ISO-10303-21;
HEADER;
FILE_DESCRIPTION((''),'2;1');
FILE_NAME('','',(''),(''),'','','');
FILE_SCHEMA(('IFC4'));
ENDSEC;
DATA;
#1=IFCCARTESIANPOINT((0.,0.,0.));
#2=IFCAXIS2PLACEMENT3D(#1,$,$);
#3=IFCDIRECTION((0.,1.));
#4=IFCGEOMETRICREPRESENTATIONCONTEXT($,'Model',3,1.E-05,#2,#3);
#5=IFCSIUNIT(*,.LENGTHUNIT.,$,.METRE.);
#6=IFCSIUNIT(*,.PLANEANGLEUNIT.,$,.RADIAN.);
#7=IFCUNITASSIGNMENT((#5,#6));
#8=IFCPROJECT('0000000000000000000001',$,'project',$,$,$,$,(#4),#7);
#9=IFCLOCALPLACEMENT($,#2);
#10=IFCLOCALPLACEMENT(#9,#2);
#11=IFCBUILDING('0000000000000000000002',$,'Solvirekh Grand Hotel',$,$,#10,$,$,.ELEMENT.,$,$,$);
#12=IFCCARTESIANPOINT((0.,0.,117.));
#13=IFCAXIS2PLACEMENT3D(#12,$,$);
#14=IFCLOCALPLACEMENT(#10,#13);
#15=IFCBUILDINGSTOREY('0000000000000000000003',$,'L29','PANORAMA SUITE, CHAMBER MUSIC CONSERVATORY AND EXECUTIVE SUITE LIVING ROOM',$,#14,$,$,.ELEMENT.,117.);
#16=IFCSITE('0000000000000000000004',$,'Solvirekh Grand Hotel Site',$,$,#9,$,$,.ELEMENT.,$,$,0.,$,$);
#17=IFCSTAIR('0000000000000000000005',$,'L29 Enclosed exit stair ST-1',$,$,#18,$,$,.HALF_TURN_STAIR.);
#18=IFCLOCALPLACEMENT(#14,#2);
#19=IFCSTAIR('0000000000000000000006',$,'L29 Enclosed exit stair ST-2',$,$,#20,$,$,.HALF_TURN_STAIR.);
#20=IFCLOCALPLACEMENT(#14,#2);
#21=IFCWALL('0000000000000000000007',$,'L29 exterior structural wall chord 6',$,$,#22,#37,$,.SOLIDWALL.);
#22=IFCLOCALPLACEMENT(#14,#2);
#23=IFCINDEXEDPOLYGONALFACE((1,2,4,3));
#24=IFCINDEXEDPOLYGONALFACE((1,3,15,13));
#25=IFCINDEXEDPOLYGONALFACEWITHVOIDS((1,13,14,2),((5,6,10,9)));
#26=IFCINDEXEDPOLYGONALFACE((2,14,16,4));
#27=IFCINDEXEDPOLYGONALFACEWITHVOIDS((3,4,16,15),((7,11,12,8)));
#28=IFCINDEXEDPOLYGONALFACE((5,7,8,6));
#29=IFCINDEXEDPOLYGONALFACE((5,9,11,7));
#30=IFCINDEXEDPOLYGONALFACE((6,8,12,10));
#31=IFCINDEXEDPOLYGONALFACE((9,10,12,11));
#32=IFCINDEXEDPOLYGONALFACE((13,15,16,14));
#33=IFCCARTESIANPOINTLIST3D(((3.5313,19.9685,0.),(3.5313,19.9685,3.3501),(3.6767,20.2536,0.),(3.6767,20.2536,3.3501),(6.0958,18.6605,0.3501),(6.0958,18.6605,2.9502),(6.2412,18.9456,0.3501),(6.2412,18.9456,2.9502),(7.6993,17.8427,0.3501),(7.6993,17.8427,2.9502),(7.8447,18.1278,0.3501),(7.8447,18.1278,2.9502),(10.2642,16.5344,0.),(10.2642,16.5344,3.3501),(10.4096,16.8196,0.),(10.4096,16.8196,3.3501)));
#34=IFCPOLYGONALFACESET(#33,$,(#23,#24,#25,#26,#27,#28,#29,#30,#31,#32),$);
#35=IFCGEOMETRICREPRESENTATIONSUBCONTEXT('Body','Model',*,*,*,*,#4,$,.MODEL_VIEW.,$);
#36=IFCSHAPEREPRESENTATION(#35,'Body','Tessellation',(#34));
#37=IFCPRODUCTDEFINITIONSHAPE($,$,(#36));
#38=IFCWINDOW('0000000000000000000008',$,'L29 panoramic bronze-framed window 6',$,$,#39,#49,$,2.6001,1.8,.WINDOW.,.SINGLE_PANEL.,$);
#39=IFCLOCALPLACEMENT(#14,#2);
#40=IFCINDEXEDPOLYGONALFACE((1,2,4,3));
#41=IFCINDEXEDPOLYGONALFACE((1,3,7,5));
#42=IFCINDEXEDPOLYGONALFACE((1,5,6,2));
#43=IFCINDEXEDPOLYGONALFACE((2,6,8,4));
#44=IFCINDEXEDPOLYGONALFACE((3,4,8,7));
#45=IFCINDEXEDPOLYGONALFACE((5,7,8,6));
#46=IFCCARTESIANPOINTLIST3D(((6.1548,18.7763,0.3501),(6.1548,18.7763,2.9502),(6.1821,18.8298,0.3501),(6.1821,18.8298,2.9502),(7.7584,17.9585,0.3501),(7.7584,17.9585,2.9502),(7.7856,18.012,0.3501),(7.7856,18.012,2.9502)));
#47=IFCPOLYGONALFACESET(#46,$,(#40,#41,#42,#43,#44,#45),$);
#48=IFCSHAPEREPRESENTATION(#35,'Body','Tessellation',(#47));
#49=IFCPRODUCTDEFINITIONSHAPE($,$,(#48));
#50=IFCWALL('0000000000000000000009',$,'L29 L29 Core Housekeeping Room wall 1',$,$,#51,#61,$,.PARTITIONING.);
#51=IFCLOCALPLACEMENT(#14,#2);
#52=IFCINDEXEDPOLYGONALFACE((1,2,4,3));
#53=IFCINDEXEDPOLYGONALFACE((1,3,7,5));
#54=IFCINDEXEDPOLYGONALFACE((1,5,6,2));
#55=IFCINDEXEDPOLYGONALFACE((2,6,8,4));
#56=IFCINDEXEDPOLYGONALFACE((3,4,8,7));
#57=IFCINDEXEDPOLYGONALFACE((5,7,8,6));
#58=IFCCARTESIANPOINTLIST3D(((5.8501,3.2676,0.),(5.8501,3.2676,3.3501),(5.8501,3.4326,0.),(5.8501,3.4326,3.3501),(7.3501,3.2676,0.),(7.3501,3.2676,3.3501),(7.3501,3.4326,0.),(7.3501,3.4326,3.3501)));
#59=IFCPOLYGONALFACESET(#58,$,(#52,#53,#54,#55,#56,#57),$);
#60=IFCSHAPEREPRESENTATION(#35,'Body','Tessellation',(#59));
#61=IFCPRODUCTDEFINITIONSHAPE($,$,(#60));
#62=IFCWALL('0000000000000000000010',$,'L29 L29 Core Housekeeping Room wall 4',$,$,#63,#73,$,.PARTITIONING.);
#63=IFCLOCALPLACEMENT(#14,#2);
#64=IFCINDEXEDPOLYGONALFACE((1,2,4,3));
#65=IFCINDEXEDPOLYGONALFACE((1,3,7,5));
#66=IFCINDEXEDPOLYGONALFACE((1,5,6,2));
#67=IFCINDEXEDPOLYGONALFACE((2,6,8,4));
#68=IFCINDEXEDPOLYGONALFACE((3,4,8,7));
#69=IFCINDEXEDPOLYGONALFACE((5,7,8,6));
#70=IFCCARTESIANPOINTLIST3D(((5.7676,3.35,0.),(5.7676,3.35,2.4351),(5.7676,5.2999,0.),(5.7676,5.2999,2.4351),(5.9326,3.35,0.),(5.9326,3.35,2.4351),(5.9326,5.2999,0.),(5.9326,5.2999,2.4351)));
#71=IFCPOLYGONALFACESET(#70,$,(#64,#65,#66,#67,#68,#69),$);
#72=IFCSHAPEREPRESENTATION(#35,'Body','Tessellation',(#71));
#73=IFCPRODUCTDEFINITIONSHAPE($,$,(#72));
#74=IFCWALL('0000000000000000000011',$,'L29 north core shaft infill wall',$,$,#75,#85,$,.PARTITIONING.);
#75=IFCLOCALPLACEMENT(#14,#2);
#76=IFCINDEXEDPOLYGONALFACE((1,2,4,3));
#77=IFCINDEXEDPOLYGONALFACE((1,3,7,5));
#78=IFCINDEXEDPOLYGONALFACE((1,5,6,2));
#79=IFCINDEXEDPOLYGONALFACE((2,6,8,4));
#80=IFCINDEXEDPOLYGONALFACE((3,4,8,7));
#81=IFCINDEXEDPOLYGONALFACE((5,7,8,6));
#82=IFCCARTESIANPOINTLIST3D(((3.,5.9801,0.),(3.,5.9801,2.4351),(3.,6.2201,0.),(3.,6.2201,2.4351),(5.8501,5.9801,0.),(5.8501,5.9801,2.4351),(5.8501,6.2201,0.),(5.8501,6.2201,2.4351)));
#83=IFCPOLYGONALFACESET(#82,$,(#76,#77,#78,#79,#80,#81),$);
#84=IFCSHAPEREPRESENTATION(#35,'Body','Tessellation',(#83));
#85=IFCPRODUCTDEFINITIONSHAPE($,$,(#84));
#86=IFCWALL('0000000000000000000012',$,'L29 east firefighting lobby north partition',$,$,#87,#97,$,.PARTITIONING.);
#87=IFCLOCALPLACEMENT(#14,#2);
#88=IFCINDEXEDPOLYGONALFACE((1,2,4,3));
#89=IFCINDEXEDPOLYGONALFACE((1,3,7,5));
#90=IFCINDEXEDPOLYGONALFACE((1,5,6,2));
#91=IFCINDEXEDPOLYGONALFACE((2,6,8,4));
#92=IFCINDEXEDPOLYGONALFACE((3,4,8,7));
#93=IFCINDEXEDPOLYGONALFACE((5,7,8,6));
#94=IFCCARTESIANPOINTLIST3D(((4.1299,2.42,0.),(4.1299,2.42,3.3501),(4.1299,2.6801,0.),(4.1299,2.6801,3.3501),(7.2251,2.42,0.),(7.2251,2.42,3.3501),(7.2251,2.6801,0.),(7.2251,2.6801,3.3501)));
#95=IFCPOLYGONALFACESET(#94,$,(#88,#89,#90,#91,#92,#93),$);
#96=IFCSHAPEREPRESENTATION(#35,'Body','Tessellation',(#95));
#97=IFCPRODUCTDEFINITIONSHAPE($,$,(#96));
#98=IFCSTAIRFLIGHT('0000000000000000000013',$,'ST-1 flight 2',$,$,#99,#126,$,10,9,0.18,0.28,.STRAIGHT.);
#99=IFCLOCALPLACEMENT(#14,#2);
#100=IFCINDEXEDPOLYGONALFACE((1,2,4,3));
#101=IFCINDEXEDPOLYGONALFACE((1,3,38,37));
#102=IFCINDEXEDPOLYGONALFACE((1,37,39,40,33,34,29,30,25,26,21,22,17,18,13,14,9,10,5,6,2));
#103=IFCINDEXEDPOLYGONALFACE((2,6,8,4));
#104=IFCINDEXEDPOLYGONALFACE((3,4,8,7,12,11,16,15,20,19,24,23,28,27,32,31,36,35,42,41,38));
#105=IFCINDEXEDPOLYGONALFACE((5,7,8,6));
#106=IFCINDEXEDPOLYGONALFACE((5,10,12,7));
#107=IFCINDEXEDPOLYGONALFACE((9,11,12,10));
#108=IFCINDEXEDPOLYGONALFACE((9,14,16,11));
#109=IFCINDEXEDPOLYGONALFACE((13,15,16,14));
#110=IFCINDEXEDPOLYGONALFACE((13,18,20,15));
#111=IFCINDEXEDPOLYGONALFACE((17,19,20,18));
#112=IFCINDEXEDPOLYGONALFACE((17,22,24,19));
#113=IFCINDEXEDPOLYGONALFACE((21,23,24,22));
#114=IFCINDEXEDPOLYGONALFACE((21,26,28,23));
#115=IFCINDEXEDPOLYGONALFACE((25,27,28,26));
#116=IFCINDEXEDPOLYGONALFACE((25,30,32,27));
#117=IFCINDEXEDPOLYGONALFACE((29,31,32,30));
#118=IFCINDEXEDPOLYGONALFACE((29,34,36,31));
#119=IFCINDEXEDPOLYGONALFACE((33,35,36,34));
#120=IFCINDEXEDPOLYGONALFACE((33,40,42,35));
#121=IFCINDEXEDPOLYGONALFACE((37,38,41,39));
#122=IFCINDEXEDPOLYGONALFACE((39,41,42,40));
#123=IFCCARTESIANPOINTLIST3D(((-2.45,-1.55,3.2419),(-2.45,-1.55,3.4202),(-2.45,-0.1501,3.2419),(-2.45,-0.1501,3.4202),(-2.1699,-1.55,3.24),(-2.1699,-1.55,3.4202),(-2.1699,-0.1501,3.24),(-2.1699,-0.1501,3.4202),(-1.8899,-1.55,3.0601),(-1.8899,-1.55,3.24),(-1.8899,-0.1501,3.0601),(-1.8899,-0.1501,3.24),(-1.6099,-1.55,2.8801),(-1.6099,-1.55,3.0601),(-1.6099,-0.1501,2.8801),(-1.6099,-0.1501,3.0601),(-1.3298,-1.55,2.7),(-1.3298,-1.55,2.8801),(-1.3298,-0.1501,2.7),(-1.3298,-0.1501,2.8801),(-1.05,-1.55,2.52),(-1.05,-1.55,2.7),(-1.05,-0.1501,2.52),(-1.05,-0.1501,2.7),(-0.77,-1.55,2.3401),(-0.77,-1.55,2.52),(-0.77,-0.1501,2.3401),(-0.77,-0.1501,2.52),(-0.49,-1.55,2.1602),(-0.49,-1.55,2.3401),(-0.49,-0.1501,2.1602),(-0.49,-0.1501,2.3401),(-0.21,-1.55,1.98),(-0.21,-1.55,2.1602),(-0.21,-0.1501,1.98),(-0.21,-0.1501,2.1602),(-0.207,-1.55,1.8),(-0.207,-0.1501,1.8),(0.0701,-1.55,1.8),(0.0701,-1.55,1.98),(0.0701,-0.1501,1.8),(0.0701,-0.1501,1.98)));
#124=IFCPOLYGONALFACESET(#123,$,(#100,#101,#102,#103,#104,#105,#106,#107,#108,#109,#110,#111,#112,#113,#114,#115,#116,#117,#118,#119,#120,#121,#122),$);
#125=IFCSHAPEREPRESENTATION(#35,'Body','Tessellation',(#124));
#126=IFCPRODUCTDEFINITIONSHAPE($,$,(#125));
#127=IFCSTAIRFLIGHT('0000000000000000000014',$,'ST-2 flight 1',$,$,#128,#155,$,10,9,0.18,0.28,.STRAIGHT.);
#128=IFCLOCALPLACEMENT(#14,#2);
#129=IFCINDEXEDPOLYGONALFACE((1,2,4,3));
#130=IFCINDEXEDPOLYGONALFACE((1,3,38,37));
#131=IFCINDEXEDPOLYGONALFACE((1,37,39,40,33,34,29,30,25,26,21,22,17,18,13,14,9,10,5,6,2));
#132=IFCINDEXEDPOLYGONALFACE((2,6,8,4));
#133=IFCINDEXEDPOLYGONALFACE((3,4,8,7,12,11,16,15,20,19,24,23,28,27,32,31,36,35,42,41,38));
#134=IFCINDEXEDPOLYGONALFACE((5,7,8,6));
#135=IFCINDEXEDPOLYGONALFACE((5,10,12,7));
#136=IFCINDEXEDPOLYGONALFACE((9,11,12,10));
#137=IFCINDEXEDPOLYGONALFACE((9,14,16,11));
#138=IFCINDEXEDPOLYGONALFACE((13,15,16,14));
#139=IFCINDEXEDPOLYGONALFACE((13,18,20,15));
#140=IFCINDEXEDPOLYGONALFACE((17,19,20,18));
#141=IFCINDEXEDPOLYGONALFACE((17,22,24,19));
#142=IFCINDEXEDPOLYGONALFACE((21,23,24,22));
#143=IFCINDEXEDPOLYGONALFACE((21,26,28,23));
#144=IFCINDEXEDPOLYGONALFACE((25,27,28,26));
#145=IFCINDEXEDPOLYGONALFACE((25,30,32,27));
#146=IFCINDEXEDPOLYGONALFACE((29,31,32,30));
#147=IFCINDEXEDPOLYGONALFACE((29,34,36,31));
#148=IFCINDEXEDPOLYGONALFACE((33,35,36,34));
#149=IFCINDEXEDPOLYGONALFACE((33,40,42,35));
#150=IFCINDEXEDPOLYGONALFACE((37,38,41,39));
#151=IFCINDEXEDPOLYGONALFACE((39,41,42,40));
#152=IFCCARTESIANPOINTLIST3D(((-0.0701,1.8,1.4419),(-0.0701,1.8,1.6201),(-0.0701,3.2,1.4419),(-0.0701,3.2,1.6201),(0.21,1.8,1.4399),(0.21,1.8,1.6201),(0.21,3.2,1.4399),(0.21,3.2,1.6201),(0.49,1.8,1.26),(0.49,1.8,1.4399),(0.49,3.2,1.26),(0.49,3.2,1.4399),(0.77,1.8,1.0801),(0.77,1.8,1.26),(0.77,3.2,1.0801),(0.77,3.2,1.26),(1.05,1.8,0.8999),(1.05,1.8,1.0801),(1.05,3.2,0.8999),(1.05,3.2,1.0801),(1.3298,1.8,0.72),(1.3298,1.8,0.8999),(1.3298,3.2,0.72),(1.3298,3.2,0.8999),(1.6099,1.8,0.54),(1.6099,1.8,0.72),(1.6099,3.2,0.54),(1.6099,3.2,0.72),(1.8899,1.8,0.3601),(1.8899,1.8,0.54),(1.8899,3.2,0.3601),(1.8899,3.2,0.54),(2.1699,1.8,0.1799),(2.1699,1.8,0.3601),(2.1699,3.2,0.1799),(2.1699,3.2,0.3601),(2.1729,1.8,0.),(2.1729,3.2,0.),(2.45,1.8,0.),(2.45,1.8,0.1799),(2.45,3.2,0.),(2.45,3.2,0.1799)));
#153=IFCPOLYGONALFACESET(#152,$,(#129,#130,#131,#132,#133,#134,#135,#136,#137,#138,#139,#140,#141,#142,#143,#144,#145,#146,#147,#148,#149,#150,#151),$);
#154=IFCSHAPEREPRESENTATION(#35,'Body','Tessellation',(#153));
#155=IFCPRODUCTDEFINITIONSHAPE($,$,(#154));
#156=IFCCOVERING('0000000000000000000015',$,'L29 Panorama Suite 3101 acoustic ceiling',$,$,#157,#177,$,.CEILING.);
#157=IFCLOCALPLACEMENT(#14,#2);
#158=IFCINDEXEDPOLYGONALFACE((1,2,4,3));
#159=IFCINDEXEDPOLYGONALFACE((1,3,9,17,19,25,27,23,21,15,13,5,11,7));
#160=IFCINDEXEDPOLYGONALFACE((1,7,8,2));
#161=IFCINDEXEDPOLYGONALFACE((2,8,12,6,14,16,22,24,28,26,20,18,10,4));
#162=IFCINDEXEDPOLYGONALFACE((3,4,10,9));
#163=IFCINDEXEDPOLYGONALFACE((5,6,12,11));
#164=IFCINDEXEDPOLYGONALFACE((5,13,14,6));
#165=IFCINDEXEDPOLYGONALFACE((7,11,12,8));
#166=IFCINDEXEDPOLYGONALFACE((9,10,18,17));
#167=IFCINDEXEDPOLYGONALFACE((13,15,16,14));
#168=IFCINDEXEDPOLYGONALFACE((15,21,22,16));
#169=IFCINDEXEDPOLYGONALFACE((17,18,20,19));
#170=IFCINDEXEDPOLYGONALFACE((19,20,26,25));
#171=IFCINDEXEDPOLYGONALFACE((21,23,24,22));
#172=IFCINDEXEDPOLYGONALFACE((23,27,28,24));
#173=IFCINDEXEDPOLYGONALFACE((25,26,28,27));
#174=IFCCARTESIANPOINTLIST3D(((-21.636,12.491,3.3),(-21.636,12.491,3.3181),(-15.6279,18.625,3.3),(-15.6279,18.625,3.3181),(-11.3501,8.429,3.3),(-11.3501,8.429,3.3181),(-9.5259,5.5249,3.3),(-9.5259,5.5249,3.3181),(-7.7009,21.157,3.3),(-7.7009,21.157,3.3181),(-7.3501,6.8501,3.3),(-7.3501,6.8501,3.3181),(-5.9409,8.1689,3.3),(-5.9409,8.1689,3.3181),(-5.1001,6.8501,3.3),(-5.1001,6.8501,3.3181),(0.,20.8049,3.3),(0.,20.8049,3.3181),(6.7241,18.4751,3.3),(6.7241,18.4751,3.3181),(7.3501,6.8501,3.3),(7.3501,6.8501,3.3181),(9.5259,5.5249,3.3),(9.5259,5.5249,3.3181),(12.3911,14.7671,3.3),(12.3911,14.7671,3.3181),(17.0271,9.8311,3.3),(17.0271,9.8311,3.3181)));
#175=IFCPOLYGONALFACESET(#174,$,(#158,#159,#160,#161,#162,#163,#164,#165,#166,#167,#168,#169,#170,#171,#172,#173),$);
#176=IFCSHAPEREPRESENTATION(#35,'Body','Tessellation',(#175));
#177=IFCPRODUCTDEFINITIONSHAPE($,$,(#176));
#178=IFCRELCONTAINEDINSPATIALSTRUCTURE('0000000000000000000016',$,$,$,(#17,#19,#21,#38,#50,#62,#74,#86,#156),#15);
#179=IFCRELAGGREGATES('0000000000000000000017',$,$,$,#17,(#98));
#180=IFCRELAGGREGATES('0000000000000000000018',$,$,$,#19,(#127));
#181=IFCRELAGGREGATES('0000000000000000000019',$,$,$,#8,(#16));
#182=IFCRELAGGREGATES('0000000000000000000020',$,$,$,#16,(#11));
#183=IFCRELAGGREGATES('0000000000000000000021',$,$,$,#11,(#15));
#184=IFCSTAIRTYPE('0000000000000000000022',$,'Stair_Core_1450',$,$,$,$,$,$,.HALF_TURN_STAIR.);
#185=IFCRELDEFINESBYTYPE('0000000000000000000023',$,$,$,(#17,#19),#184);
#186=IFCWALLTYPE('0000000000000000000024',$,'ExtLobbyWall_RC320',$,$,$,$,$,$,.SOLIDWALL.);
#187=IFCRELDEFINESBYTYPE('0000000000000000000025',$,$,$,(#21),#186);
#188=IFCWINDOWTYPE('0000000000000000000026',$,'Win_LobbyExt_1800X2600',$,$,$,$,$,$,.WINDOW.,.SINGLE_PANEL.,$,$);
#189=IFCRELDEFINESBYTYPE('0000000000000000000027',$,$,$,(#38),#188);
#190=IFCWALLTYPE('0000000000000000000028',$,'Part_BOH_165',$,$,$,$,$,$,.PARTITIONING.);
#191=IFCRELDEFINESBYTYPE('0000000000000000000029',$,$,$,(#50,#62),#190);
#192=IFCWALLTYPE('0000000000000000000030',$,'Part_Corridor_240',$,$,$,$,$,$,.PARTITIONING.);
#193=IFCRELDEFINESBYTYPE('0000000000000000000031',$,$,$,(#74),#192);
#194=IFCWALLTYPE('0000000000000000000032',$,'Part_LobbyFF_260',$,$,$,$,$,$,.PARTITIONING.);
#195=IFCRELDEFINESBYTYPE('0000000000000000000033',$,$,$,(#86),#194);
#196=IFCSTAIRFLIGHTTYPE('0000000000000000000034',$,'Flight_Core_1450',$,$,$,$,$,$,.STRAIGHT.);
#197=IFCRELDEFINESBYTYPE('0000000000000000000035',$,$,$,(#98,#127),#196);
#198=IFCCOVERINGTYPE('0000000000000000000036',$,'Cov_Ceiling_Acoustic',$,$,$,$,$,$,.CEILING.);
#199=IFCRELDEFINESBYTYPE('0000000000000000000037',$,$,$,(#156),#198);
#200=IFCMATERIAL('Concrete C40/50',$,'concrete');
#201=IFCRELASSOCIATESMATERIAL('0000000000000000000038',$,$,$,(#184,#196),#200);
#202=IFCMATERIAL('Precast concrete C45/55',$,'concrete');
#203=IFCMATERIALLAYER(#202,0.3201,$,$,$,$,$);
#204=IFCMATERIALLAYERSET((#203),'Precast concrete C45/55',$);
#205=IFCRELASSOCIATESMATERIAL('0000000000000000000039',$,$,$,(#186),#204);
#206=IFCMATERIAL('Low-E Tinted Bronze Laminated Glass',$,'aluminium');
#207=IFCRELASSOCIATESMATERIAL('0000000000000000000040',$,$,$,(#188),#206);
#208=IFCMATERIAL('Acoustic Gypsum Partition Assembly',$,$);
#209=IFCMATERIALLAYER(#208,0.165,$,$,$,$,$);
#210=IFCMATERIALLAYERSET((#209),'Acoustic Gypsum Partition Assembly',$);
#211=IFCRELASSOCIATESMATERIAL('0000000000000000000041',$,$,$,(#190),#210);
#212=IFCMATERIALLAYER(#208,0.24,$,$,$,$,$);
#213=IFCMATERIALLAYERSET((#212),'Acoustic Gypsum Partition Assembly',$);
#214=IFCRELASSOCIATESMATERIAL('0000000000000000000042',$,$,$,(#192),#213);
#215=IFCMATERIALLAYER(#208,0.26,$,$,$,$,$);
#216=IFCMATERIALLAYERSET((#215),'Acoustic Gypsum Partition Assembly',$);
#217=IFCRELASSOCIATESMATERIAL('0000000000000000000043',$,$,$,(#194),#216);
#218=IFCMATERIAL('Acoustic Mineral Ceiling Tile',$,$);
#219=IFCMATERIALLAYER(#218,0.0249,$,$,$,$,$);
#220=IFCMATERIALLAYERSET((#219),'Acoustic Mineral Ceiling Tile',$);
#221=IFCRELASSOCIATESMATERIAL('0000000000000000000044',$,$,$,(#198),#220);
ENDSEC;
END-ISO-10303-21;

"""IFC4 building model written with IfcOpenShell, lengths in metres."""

from ifc_helpers import new_model, si_unit, direction, frame, frame_2d, origin, place, context, subcontext, project, spatial, polyline, rectangle, outline, extrude, material, layer, layer_set, type_object, element, fill, aggregate, save


model = new_model("IFC4")

# Units and contexts
model_context = context("Model", 3, precision=1e-05, world=origin(), true_north=direction((0.0, 1.0)))
body_context = subcontext(model_context, "Body", "Model", "MODEL_VIEW")
ifc_project = project(units=[si_unit("LENGTHUNIT", "METRE"), si_unit("PLANEANGLEUNIT", "RADIAN")], contexts=[model_context])

# Site, building, storey
site_placement = place(None, origin())
site = spatial("IfcSite", under=ifc_project, at=site_placement, Name="Solvirekh Grand Hotel Site", CompositionType="ELEMENT", RefElevation=0.0)
building_placement = place(site_placement, origin())
building = spatial("IfcBuilding", under=site, at=building_placement, Name="Solvirekh Grand Hotel", CompositionType="ELEMENT")
storey_placement = place(building_placement, frame((0.0, 0.0, 117.0)))
storey = spatial("IfcBuildingStorey", under=building, at=storey_placement, Name="L29", Description="PANORAMA SUITE, CHAMBER MUSIC CONSERVATORY AND EXECUTIVE SUITE LIVING ROOM", CompositionType="ELEMENT", Elevation=117.0)

# Stairs
ifc_material_1 = material(Name="Concrete C40/50", Category="concrete")
stair_type = type_object("IfcStairType", Name="Stair_Core_1450", PredefinedType="HALF_TURN_STAIR", material=ifc_material_1)
stair_1_placement = place(storey_placement, origin())
stair_1 = element("IfcStair", 1, at=stair_1_placement, inside=storey, type_object=stair_type, Name="L29 Enclosed exit stair ST-1", PredefinedType="HALF_TURN_STAIR")
stair_2_placement = place(storey_placement, origin())
stair_2 = element("IfcStair", 2, at=stair_2_placement, inside=storey, type_object=stair_type, Name="L29 Enclosed exit stair ST-2", PredefinedType="HALF_TURN_STAIR")

# Wall, opening, window
ifc_material_2 = material(Name="Precast concrete C45/55", Category="concrete")
ifc_layer_1 = layer(ifc_material_2, 0.3201)
ifc_layer_set_1 = layer_set([ifc_layer_1], Name="Precast concrete C45/55")
wall_type_1 = type_object("IfcWallType", Name="ExtLobbyWall_RC320", PredefinedType="SOLIDWALL", material=ifc_layer_set_1)
wall_1_placement = place(storey_placement, frame((3.604, 20.1111, 0.0), z_axis=(0.0, 0.0, 1.0), x_axis=(0.89082, -0.454357, 0.0)))
wall_1 = element("IfcWall", 3, at=wall_1_placement, inside=storey, type_object=wall_type_1, Name="L29 exterior structural wall chord 6", PredefinedType="SOLIDWALL", context=body_context, shape_type="SweptSolid", body=[
    extrude(rectangle(XDim=7.5581, YDim=0.3201, at=frame_2d((3.7791, 0.0))), origin(), (0.0, 0.0, 1.0), 3.3501),
])
opening_placement = place(wall_1_placement, frame((2.8789, 0.0, 0.3501)))
opening = element("IfcOpeningElement", 4, at=opening_placement, cuts=wall_1, PredefinedType="OPENING", context=body_context, shape_type="SweptSolid", body=[
    extrude(rectangle(XDim=1.8, YDim=2.6001, at=frame_2d((0.8999, 1.3))), frame((0.0, 0.1699, 0.0), z_axis=(0.0, -1.0, 0.0), x_axis=(1.0, 0.0, 0.0)), (0.0, 0.0, 1.0), 0.3401),
])
ifc_material_3 = material(Name="Low-E Tinted Bronze Laminated Glass", Category="aluminium")
window_type = type_object("IfcWindowType", Name="Win_LobbyExt_1800X2600", PartitioningType="SINGLE_PANEL", PredefinedType="WINDOW", material=ifc_material_3)
window_placement = place(opening_placement, origin())
window = element("IfcWindow", 5, at=window_placement, inside=storey, type_object=window_type, Name="L29 panoramic bronze-framed window 6", OverallHeight=2.6001, OverallWidth=1.8, PartitioningType="SINGLE_PANEL", PredefinedType="WINDOW", context=body_context, shape_type="SweptSolid", body=[
    extrude(rectangle(XDim=1.8, YDim=2.6001, at=frame_2d((0.8999, 1.3))), frame((0.0, 0.03, 0.0), z_axis=(0.0, -1.0, 0.0), x_axis=(1.0, 0.0, 0.0)), (0.0, 0.0, 1.0), 0.0601),
])
fill(opening, window)

# Walls
ifc_material_4 = material(Name="Acoustic Gypsum Partition Assembly")
ifc_layer_2 = layer(ifc_material_4, 0.165)
ifc_layer_set_2 = layer_set([ifc_layer_2], Name="Acoustic Gypsum Partition Assembly")
wall_type_2 = type_object("IfcWallType", Name="Part_BOH_165", PredefinedType="PARTITIONING", material=ifc_layer_set_2)
wall_2_placement = place(storey_placement, frame((5.8501, 3.3501, 0.0), z_axis=(0.0, 0.0, 1.0), x_axis=(1.0, 0.0, 0.0)))
element("IfcWall", 6, at=wall_2_placement, inside=storey, type_object=wall_type_2, Name="L29 L29 Core Housekeeping Room wall 1", PredefinedType="PARTITIONING", context=body_context, shape_type="SweptSolid", body=[
    extrude(rectangle(XDim=1.5, YDim=0.165, at=frame_2d((0.75, 0.0))), origin(), (0.0, 0.0, 1.0), 3.3501),
])
wall_3_placement = place(storey_placement, frame((5.8501, 5.3, 0.0), z_axis=(0.0, 0.0, 1.0), x_axis=(0.0, -1.0, 0.0)))
element("IfcWall", 7, at=wall_3_placement, inside=storey, type_object=wall_type_2, Name="L29 L29 Core Housekeeping Room wall 4", PredefinedType="PARTITIONING", context=body_context, shape_type="SweptSolid", body=[
    extrude(rectangle(XDim=1.95, YDim=0.165, at=frame_2d((0.9751, 0.0))), origin(), (0.0, 0.0, 1.0), 2.4351),
])
ifc_layer_3 = layer(ifc_material_4, 0.24)
ifc_layer_set_3 = layer_set([ifc_layer_3], Name="Acoustic Gypsum Partition Assembly")
wall_type_3 = type_object("IfcWallType", Name="Part_Corridor_240", PredefinedType="PARTITIONING", material=ifc_layer_set_3)
wall_4_placement = place(storey_placement, frame((3.0, 6.1001, 0.0), z_axis=(0.0, 0.0, 1.0), x_axis=(1.0, 0.0, 0.0)))
element("IfcWall", 8, at=wall_4_placement, inside=storey, type_object=wall_type_3, Name="L29 north core shaft infill wall", PredefinedType="PARTITIONING", context=body_context, shape_type="SweptSolid", body=[
    extrude(rectangle(XDim=2.8501, YDim=0.24, at=frame_2d((1.425, 0.0))), origin(), (0.0, 0.0, 1.0), 2.4351),
])
ifc_layer_4 = layer(ifc_material_4, 0.26)
ifc_layer_set_4 = layer_set([ifc_layer_4], Name="Acoustic Gypsum Partition Assembly")
wall_type_4 = type_object("IfcWallType", Name="Part_LobbyFF_260", PredefinedType="PARTITIONING", material=ifc_layer_set_4)
wall_5_placement = place(storey_placement, frame((4.1299, 2.55, 0.0), z_axis=(0.0, 0.0, 1.0), x_axis=(1.0, 0.0, 0.0)))
element("IfcWall", 9, at=wall_5_placement, inside=storey, type_object=wall_type_4, Name="L29 east firefighting lobby north partition", PredefinedType="PARTITIONING", context=body_context, shape_type="SweptSolid", body=[
    extrude(rectangle(XDim=3.0952, YDim=0.26, at=frame_2d((1.5476, 0.0))), origin(), (0.0, 0.0, 1.0), 3.3501),
])

# Stair flights
stair_flight_type = type_object("IfcStairFlightType", Name="Flight_Core_1450", PredefinedType="STRAIGHT", material=ifc_material_1)
stair_flight_1_placement = place(storey_placement, frame((0.0701, -0.8501, 1.8), z_axis=(0.0, 0.0, 1.0), x_axis=(-1.0, 0.0, 0.0)))
stair_flight_1 = element("IfcStairFlight", 10, at=stair_flight_1_placement, type_object=stair_flight_type, Name="ST-1 flight 2", NumberOfRisers=10, NumberOfTreads=9, PredefinedType="STRAIGHT", RiserHeight=0.18, TreadLength=0.28, context=body_context, shape_type="SweptSolid", body=[
    extrude(outline(polyline([(0.0, 0.0), (0.0, 0.1799), (0.28, 0.1799), (0.28, 0.3601), (0.5601, 0.3601), (0.5601, 0.54), (0.8401, 0.54), (0.8401, 0.72), (1.1201, 0.72), (1.1201, 0.8999), (1.3999, 0.8999), (1.3999, 1.0801), (1.6799, 1.0801), (1.6799, 1.26), (1.96, 1.26), (1.96, 1.4399), (2.24, 1.4399), (2.24, 1.6201), (2.52, 1.6201), (2.52, 1.8), (2.52, 1.4419), (0.2771, 0.0), (0.0, 0.0)])), frame((0.0, 0.7, 0.0), z_axis=(0.0, -1.0, 0.0), x_axis=(1.0, 0.0, 0.0)), (0.0, 0.0, 1.0), 1.3999),
])
aggregate(stair_1, [stair_flight_1])
stair_flight_2_placement = place(storey_placement, frame((2.45, 2.5, 0.0), z_axis=(0.0, 0.0, 1.0), x_axis=(-1.0, 0.0, 0.0)))
stair_flight_2 = element("IfcStairFlight", 11, at=stair_flight_2_placement, type_object=stair_flight_type, Name="ST-2 flight 1", NumberOfRisers=10, NumberOfTreads=9, PredefinedType="STRAIGHT", RiserHeight=0.18, TreadLength=0.28, context=body_context, shape_type="SweptSolid", body=[
    extrude(outline(polyline([(0.0, 0.0), (0.0, 0.1799), (0.28, 0.1799), (0.28, 0.3601), (0.5601, 0.3601), (0.5601, 0.54), (0.8401, 0.54), (0.8401, 0.72), (1.1201, 0.72), (1.1201, 0.8999), (1.3999, 0.8999), (1.3999, 1.0801), (1.6799, 1.0801), (1.6799, 1.26), (1.96, 1.26), (1.96, 1.4399), (2.24, 1.4399), (2.24, 1.6201), (2.52, 1.6201), (2.52, 1.8), (2.52, 1.4419), (0.2771, 0.0), (0.0, 0.0)])), frame((0.0, 0.7, 0.0), z_axis=(0.0, -1.0, 0.0), x_axis=(1.0, 0.0, 0.0)), (0.0, 0.0, 1.0), 1.3999),
])
aggregate(stair_2, [stair_flight_2])

# Covering
ifc_material_5 = material(Name="Acoustic Mineral Ceiling Tile")
ifc_layer_5 = layer(ifc_material_5, 0.0249)
ifc_layer_set_5 = layer_set([ifc_layer_5], Name="Acoustic Mineral Ceiling Tile")
covering_type_1 = type_object("IfcCoveringType", Name="Cov_Ceiling_Acoustic", PredefinedType="CEILING", material=ifc_layer_set_5)
covering_1_placement = place(storey_placement, frame((0.0, 0.0, 3.3)))
element("IfcCovering", 12, at=covering_1_placement, inside=storey, type_object=covering_type_1, Name="L29 Panorama Suite 3101 acoustic ceiling", PredefinedType="CEILING", context=body_context, shape_type="SweptSolid", body=[
    extrude(outline(polyline([(-7.3501, 6.8501), (-11.3501, 8.429), (-5.9409, 8.1689), (-5.1001, 6.8501), (7.3501, 6.8501), (9.5259, 5.5249), (17.0271, 9.8311), (12.3911, 14.7671), (6.7241, 18.4751), (0.0, 20.8049), (-7.7009, 21.157), (-15.6279, 18.625), (-21.636, 12.491), (-9.5259, 5.5249), (-7.3501, 6.8501)])), origin(), (0.0, 0.0, 1.0), 0.0181),
])

save(model, "model.ifc")
